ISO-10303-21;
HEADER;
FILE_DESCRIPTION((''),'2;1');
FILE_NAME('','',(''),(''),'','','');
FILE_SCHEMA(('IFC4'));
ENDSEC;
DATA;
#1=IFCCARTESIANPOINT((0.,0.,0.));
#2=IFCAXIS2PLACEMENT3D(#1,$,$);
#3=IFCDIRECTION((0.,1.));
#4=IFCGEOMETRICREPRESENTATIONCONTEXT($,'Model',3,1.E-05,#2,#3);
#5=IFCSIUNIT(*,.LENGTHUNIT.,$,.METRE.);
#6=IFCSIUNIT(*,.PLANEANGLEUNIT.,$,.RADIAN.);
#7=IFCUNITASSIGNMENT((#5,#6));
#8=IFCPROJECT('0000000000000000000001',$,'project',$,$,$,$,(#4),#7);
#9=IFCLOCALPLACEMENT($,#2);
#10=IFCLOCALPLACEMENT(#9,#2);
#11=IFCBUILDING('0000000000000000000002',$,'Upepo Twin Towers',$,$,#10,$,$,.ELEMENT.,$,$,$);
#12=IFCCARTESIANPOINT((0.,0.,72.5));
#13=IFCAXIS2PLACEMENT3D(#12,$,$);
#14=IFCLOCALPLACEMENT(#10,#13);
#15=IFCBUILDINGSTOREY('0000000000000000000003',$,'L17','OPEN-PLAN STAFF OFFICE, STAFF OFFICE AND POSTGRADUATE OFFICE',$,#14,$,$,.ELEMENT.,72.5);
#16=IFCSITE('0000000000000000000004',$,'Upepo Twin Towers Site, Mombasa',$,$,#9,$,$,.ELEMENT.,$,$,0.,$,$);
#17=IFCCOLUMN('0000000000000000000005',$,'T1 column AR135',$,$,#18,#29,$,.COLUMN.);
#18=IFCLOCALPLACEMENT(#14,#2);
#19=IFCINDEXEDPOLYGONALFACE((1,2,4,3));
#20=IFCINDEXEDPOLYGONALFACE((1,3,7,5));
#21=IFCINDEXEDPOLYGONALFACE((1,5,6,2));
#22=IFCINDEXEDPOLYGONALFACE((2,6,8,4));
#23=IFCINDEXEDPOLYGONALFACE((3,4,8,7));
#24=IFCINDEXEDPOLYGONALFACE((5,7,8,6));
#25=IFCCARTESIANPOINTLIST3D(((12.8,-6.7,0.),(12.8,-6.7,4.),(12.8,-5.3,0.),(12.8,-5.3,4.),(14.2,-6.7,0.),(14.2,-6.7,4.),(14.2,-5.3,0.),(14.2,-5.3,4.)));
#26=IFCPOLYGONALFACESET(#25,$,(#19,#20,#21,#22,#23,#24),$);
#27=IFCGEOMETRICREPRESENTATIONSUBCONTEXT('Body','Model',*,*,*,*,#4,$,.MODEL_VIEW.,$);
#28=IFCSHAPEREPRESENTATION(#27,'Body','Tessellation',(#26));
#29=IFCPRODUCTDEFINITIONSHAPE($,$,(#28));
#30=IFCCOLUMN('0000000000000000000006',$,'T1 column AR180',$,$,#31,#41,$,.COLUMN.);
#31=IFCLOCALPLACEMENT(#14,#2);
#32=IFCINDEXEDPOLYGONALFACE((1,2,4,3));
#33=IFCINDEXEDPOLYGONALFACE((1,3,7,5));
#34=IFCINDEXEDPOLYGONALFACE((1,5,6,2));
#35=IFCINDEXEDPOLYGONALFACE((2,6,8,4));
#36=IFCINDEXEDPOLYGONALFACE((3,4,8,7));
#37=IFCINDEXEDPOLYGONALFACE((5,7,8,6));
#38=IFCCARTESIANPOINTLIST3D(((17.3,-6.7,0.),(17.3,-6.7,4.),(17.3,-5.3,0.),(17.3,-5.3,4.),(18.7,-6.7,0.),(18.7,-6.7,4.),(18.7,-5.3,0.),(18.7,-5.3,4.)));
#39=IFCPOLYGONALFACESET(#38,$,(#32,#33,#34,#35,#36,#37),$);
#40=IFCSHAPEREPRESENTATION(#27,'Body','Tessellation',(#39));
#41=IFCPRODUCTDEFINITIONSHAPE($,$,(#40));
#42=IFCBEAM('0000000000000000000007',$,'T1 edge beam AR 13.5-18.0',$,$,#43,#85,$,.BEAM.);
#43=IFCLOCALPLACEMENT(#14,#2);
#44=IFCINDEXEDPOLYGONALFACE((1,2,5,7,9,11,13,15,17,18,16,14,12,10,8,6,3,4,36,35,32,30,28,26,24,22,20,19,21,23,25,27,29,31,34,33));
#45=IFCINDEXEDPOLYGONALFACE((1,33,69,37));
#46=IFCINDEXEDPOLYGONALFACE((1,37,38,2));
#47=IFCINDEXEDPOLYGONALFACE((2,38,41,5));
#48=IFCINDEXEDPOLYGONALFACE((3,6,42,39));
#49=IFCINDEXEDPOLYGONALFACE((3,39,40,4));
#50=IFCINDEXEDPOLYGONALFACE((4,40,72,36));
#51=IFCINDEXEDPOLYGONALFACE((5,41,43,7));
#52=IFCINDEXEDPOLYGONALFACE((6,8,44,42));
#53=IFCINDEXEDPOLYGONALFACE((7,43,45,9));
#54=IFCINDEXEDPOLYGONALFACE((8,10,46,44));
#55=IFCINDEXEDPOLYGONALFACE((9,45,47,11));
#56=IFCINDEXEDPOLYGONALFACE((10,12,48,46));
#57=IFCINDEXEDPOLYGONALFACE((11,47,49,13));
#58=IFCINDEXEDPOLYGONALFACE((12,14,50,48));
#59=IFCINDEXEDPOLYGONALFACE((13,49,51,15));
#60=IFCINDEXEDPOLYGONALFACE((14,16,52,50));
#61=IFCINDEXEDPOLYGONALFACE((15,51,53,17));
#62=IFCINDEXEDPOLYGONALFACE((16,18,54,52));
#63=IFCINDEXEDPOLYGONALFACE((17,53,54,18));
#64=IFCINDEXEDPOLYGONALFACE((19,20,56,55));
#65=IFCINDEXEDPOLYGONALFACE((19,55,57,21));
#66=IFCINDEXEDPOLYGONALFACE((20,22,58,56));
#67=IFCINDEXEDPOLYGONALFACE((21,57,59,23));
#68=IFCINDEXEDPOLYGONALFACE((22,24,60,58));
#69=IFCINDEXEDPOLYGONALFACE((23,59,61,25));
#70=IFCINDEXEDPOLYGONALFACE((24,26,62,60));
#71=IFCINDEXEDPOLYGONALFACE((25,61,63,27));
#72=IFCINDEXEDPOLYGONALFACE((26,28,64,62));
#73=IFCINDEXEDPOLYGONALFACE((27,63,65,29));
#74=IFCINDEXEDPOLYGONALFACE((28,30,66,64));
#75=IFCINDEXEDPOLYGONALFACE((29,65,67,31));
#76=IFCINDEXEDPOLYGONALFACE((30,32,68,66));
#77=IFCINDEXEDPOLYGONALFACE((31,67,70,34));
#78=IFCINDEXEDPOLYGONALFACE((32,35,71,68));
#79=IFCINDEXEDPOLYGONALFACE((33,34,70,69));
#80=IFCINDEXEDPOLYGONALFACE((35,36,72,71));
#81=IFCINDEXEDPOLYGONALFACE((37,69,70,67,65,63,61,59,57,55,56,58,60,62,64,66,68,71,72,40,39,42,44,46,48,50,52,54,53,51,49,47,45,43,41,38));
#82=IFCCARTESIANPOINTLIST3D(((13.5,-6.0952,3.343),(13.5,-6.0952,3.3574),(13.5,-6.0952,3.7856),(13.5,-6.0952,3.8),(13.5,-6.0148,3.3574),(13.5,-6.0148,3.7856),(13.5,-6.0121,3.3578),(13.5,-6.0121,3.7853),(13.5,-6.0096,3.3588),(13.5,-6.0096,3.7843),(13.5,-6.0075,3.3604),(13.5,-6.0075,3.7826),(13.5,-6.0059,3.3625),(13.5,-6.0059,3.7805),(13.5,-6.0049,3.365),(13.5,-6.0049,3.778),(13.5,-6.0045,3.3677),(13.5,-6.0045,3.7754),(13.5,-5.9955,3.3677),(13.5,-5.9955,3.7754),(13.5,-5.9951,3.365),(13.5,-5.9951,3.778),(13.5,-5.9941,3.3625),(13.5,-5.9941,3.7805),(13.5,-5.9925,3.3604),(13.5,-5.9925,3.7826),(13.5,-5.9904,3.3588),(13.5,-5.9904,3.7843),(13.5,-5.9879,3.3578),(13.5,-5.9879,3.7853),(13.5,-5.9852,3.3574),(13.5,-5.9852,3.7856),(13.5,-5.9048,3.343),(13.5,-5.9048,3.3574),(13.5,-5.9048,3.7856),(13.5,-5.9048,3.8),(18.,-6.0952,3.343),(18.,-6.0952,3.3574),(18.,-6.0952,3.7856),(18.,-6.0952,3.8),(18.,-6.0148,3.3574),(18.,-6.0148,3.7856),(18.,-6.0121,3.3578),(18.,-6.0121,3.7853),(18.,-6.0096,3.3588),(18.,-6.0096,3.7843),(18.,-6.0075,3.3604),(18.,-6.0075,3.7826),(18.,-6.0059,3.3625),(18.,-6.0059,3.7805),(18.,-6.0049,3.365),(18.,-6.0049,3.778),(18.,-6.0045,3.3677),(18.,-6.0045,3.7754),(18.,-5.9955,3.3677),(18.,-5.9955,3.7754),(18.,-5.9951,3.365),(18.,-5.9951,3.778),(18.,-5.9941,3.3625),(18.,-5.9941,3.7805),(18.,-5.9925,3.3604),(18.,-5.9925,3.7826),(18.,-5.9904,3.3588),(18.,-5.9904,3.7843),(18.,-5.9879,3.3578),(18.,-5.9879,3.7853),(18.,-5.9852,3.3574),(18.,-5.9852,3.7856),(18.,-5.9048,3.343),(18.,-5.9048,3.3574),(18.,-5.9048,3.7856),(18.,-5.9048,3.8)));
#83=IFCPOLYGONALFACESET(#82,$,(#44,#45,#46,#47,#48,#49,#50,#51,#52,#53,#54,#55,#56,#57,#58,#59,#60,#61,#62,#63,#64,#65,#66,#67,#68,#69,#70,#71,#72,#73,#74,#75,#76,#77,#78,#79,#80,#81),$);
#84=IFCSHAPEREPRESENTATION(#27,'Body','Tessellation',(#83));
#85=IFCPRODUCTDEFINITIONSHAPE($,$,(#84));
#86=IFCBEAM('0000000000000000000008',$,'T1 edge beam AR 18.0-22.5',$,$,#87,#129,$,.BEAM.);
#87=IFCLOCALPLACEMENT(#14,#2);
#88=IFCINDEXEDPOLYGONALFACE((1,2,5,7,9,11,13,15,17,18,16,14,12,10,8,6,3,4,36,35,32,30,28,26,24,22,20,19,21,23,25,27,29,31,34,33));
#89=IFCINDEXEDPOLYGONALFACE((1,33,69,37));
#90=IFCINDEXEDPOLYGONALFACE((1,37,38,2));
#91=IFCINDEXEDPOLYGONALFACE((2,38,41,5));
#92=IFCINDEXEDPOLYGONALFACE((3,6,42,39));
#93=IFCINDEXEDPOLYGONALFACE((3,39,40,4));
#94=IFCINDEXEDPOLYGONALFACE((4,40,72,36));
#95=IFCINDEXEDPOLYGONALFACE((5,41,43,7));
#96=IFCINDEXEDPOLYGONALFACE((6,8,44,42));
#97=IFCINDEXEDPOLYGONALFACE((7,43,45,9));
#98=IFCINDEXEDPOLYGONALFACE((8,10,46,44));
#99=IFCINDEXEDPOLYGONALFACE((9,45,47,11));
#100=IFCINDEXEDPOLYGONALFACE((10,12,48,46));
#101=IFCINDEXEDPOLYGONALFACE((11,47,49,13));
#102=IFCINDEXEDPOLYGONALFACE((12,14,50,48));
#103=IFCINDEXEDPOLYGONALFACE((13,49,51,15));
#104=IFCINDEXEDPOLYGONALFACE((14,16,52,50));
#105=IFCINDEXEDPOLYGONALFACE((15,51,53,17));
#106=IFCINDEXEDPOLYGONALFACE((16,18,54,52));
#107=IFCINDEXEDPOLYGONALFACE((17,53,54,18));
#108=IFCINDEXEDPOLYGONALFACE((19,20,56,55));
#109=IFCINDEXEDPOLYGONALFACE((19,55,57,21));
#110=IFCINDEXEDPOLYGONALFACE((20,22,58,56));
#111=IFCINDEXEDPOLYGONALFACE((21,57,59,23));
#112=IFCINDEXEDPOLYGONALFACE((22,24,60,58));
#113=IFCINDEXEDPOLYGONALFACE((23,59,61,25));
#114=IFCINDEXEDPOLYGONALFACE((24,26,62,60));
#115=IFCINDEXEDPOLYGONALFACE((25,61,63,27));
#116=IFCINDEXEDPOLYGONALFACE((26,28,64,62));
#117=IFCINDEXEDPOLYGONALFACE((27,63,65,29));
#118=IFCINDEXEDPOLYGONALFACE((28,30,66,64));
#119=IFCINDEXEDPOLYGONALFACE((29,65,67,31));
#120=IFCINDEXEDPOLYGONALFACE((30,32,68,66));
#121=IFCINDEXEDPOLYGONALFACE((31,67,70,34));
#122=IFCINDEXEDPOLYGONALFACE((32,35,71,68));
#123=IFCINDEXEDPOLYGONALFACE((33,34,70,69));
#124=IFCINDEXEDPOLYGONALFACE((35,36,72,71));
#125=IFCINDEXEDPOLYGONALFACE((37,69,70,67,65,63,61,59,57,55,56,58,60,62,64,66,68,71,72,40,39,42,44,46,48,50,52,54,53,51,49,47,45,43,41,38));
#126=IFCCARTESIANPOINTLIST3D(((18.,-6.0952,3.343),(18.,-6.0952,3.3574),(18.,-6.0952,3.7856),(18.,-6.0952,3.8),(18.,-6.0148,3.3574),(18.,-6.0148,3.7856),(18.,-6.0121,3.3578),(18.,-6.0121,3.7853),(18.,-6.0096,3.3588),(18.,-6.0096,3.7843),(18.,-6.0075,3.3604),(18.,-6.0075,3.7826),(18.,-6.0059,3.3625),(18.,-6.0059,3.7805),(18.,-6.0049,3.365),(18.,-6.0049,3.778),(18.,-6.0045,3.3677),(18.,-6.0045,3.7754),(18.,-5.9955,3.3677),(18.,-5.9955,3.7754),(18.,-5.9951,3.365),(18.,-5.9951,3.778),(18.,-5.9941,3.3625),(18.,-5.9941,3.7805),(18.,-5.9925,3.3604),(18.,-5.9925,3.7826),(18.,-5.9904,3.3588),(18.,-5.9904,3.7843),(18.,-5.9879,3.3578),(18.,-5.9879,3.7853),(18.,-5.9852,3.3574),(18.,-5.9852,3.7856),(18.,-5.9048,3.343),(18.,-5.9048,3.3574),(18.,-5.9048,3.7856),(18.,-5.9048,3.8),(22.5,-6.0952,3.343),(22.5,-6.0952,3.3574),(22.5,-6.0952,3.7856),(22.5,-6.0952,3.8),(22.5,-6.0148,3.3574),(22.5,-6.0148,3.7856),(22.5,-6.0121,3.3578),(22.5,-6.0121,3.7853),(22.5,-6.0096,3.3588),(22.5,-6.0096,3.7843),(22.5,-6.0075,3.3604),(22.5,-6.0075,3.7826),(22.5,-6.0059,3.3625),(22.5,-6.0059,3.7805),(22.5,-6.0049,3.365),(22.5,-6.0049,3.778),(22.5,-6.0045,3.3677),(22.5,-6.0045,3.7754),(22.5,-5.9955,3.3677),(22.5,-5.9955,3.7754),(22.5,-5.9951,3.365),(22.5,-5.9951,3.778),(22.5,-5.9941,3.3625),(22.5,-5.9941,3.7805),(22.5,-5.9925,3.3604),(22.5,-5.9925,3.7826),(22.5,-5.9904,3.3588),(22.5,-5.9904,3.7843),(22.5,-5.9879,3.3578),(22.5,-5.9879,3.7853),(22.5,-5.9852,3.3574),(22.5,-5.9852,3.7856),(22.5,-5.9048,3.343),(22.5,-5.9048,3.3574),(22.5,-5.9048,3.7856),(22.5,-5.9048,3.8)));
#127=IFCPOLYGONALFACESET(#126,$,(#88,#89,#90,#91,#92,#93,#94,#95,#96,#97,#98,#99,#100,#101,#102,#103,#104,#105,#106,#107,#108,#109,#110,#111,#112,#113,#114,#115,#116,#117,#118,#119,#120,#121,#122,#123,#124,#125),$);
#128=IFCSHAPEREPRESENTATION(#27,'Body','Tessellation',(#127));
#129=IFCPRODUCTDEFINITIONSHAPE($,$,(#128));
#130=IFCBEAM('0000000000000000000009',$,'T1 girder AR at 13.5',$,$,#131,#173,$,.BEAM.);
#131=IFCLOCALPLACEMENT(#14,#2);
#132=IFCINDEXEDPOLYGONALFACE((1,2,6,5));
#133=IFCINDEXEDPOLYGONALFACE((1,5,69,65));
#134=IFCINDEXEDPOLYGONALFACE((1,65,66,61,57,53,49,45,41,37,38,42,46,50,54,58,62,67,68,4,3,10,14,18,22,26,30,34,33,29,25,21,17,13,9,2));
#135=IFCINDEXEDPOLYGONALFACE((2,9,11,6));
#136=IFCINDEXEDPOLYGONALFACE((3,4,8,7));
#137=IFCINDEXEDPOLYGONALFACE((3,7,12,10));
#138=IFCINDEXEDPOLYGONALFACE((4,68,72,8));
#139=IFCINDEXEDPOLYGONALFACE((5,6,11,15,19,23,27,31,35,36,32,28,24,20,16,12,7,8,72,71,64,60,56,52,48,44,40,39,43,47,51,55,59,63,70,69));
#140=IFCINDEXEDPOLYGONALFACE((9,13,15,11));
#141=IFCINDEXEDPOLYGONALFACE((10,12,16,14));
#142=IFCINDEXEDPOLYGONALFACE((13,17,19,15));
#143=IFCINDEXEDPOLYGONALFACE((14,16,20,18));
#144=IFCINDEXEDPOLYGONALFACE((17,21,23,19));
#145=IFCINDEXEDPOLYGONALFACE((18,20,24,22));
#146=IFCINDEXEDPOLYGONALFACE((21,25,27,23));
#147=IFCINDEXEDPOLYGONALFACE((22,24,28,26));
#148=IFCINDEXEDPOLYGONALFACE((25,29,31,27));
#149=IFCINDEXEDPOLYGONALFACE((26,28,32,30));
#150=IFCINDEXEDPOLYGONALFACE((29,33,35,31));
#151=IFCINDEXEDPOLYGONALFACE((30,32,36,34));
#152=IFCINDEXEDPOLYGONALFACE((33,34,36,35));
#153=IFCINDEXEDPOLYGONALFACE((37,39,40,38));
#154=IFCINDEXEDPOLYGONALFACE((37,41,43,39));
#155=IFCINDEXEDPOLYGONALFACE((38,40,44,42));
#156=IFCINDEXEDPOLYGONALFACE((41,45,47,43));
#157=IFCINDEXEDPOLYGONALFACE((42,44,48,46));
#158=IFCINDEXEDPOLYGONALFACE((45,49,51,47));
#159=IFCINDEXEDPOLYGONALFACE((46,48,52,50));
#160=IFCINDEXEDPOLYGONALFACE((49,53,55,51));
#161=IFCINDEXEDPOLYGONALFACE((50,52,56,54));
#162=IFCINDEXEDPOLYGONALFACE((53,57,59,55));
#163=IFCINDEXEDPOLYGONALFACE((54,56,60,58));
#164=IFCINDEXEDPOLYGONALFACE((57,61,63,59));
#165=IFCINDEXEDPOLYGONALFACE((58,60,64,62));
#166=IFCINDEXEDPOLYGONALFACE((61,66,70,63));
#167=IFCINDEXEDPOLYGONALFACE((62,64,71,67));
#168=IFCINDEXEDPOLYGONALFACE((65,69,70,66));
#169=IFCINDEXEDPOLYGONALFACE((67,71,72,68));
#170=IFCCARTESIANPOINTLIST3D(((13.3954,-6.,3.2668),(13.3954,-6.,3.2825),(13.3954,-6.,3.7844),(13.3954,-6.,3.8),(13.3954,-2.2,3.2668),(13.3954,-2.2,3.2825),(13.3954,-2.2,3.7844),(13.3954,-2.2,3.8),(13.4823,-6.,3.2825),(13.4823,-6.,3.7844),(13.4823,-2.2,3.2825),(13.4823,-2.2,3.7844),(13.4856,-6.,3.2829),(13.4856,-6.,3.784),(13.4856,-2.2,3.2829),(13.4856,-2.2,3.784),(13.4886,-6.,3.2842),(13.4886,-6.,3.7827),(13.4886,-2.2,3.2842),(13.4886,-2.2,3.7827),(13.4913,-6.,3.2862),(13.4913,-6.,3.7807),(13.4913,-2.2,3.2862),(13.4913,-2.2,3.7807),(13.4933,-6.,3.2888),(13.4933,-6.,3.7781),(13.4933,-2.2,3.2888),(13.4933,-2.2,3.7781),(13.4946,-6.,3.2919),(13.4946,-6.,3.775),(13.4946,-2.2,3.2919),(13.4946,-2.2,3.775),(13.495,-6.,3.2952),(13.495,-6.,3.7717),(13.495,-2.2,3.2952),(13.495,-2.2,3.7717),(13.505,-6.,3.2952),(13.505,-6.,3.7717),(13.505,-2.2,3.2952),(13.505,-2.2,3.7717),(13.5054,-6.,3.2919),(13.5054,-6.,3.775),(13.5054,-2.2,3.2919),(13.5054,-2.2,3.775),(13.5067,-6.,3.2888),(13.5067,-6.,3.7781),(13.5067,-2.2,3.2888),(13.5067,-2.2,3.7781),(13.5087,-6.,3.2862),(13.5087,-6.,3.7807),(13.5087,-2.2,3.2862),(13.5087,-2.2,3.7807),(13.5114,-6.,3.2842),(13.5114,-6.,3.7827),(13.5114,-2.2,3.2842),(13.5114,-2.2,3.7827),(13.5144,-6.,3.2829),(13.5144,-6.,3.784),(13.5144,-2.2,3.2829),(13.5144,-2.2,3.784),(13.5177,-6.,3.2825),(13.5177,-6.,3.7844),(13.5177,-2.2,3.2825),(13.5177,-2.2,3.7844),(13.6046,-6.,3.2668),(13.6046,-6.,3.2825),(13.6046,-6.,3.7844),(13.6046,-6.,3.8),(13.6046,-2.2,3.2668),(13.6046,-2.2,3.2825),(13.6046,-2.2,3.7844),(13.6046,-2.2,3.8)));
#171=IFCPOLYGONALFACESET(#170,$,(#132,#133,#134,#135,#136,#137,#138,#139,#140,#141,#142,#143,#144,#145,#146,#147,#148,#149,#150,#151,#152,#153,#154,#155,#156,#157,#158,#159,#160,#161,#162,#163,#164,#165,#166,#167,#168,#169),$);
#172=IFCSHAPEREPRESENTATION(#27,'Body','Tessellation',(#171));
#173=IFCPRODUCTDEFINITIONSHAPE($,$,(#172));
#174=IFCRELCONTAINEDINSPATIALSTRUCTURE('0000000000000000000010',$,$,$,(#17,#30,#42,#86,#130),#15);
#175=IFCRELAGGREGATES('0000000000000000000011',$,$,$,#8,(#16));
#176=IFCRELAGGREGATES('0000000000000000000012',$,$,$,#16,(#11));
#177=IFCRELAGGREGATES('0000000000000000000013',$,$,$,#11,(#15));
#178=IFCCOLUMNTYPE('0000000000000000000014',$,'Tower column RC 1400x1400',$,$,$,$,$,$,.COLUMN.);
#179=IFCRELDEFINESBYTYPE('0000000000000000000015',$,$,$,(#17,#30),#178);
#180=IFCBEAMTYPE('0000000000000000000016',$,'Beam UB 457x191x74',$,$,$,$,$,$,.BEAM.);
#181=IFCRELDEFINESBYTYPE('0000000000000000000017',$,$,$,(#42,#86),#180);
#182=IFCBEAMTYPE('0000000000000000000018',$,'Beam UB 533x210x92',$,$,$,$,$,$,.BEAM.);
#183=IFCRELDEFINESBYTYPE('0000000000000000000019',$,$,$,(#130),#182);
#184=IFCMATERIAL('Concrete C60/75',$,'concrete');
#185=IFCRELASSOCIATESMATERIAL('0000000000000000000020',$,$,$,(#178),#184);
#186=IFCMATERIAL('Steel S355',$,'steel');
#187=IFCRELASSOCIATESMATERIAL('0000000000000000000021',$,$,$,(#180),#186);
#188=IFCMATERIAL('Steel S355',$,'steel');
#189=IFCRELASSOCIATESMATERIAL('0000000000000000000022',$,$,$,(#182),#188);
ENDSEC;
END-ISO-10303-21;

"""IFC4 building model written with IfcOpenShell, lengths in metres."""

from ifc_helpers import new_model, si_unit, direction, frame, origin, origin_2d, place, context, subcontext, project, spatial, rectangle, i_section, extrude, material, material_profile, profile_set, type_object, element, save


model = new_model("IFC4")

# Units and contexts
model_context = context("Model", 3, precision=1e-05, world=origin(), true_north=direction((0.0, 1.0)))
body_context = subcontext(model_context, "Body", "Model", "MODEL_VIEW")
ifc_project = project(units=[si_unit("LENGTHUNIT", "METRE"), si_unit("PLANEANGLEUNIT", "RADIAN")], contexts=[model_context])

# Site, building, storey
site_placement = place(None, origin())
site = spatial("IfcSite", under=ifc_project, at=site_placement, Name="Upepo Twin Towers Site, Mombasa", CompositionType="ELEMENT", RefElevation=0.0)
building_placement = place(site_placement, origin())
building = spatial("IfcBuilding", under=site, at=building_placement, Name="Upepo Twin Towers", CompositionType="ELEMENT")
storey_placement = place(building_placement, frame((0.0, 0.0, 72.5)))
storey = spatial("IfcBuildingStorey", under=building, at=storey_placement, Name="L17", Description="OPEN-PLAN STAFF OFFICE, STAFF OFFICE AND POSTGRADUATE OFFICE", CompositionType="ELEMENT", Elevation=72.5)

# Columns
ifc_material_1 = material(Name="Concrete C60/75", Category="concrete")
ifc_material_profile_1 = material_profile(ifc_material_1, rectangle(XDim=1.3999, YDim=1.3999, at=origin_2d()), Name="RC 1400x1400")
ifc_profile_set_1 = profile_set([ifc_material_profile_1], Name="Concrete C60/75")
column_type = type_object("IfcColumnType", Name="Tower column RC 1400x1400", PredefinedType="COLUMN", material=ifc_profile_set_1)
for number, where, z_axis, x_axis, name in (
    (1, (13.5, -6.0, 0.0), (0.0, 0.0, 1.0), (1.0, 0.0, 0.0), "T1 column AR135"),
    (2, (18.0, -6.0, 0.0), (0.0, 0.0, 1.0), (1.0, 0.0, 0.0), "T1 column AR180"),
):
    element("IfcColumn", number, at=place(storey_placement, frame(where, z_axis=z_axis, x_axis=x_axis)), inside=storey, type_object=column_type, Name=name, PredefinedType="COLUMN", context=body_context, shape_type="SweptSolid", body=[
        extrude(rectangle(XDim=1.3999, YDim=1.3999, at=origin_2d()), origin(), (0.0, 0.0, 1.0), 4.0),
    ])

# Beams
ifc_material_2 = material(Name="Steel S355", Category="steel")
ifc_material_profile_2 = material_profile(ifc_material_2, i_section(OverallWidth=0.1904, OverallDepth=0.457, WebThickness=0.009, FlangeThickness=0.0144, FilletRadius=0.0103, at=origin_2d()), Name="UB 457x191x74")
ifc_profile_set_2 = profile_set([ifc_material_profile_2], Name="Steel S355")
beam_type_1 = type_object("IfcBeamType", Name="Beam UB 457x191x74", PredefinedType="BEAM", material=ifc_profile_set_2)
for number, where, z_axis, x_axis, name in (
    (3, (13.5, -6.0, 3.5715), (1.0, 0.0, 0.0), (0.0, 1.0, 0.0), "T1 edge beam AR 13.5-18.0"),
    (4, (18.0, -6.0, 3.5715), (1.0, 0.0, 0.0), (0.0, 1.0, 0.0), "T1 edge beam AR 18.0-22.5"),
):
    element("IfcBeam", number, at=place(storey_placement, frame(where, z_axis=z_axis, x_axis=x_axis)), inside=storey, type_object=beam_type_1, Name=name, PredefinedType="BEAM", context=body_context, shape_type="SweptSolid", body=[
        extrude(i_section(OverallWidth=0.1904, OverallDepth=0.457, WebThickness=0.009, FlangeThickness=0.0144, FilletRadius=0.0103, at=origin_2d()), origin(), (0.0, 0.0, 1.0), 4.5),
    ])
ifc_material_3 = material(Name="Steel S355", Category="steel")
ifc_material_profile_3 = material_profile(ifc_material_3, i_section(OverallWidth=0.2092, OverallDepth=0.5332, WebThickness=0.01, FlangeThickness=0.0156, FilletRadius=0.0127, at=origin_2d()), Name="UB 533x210x92")
ifc_profile_set_3 = profile_set([ifc_material_profile_3], Name="Steel S355")
beam_type_2 = type_object("IfcBeamType", Name="Beam UB 533x210x92", PredefinedType="BEAM", material=ifc_profile_set_3)
for number, where, z_axis, x_axis, name in (
    (5, (13.5, -6.0, 3.5334), (0.0, 1.0, 0.0), (-1.0, 0.0, 0.0), "T1 girder AR at 13.5"),
):
    element("IfcBeam", number, at=place(storey_placement, frame(where, z_axis=z_axis, x_axis=x_axis)), inside=storey, type_object=beam_type_2, Name=name, PredefinedType="BEAM", context=body_context, shape_type="SweptSolid", body=[
        extrude(i_section(OverallWidth=0.2092, OverallDepth=0.5332, WebThickness=0.01, FlangeThickness=0.0156, FilletRadius=0.0127, at=origin_2d()), origin(), (0.0, 0.0, 1.0), 3.8),
    ])

save(model, "model.ifc")
